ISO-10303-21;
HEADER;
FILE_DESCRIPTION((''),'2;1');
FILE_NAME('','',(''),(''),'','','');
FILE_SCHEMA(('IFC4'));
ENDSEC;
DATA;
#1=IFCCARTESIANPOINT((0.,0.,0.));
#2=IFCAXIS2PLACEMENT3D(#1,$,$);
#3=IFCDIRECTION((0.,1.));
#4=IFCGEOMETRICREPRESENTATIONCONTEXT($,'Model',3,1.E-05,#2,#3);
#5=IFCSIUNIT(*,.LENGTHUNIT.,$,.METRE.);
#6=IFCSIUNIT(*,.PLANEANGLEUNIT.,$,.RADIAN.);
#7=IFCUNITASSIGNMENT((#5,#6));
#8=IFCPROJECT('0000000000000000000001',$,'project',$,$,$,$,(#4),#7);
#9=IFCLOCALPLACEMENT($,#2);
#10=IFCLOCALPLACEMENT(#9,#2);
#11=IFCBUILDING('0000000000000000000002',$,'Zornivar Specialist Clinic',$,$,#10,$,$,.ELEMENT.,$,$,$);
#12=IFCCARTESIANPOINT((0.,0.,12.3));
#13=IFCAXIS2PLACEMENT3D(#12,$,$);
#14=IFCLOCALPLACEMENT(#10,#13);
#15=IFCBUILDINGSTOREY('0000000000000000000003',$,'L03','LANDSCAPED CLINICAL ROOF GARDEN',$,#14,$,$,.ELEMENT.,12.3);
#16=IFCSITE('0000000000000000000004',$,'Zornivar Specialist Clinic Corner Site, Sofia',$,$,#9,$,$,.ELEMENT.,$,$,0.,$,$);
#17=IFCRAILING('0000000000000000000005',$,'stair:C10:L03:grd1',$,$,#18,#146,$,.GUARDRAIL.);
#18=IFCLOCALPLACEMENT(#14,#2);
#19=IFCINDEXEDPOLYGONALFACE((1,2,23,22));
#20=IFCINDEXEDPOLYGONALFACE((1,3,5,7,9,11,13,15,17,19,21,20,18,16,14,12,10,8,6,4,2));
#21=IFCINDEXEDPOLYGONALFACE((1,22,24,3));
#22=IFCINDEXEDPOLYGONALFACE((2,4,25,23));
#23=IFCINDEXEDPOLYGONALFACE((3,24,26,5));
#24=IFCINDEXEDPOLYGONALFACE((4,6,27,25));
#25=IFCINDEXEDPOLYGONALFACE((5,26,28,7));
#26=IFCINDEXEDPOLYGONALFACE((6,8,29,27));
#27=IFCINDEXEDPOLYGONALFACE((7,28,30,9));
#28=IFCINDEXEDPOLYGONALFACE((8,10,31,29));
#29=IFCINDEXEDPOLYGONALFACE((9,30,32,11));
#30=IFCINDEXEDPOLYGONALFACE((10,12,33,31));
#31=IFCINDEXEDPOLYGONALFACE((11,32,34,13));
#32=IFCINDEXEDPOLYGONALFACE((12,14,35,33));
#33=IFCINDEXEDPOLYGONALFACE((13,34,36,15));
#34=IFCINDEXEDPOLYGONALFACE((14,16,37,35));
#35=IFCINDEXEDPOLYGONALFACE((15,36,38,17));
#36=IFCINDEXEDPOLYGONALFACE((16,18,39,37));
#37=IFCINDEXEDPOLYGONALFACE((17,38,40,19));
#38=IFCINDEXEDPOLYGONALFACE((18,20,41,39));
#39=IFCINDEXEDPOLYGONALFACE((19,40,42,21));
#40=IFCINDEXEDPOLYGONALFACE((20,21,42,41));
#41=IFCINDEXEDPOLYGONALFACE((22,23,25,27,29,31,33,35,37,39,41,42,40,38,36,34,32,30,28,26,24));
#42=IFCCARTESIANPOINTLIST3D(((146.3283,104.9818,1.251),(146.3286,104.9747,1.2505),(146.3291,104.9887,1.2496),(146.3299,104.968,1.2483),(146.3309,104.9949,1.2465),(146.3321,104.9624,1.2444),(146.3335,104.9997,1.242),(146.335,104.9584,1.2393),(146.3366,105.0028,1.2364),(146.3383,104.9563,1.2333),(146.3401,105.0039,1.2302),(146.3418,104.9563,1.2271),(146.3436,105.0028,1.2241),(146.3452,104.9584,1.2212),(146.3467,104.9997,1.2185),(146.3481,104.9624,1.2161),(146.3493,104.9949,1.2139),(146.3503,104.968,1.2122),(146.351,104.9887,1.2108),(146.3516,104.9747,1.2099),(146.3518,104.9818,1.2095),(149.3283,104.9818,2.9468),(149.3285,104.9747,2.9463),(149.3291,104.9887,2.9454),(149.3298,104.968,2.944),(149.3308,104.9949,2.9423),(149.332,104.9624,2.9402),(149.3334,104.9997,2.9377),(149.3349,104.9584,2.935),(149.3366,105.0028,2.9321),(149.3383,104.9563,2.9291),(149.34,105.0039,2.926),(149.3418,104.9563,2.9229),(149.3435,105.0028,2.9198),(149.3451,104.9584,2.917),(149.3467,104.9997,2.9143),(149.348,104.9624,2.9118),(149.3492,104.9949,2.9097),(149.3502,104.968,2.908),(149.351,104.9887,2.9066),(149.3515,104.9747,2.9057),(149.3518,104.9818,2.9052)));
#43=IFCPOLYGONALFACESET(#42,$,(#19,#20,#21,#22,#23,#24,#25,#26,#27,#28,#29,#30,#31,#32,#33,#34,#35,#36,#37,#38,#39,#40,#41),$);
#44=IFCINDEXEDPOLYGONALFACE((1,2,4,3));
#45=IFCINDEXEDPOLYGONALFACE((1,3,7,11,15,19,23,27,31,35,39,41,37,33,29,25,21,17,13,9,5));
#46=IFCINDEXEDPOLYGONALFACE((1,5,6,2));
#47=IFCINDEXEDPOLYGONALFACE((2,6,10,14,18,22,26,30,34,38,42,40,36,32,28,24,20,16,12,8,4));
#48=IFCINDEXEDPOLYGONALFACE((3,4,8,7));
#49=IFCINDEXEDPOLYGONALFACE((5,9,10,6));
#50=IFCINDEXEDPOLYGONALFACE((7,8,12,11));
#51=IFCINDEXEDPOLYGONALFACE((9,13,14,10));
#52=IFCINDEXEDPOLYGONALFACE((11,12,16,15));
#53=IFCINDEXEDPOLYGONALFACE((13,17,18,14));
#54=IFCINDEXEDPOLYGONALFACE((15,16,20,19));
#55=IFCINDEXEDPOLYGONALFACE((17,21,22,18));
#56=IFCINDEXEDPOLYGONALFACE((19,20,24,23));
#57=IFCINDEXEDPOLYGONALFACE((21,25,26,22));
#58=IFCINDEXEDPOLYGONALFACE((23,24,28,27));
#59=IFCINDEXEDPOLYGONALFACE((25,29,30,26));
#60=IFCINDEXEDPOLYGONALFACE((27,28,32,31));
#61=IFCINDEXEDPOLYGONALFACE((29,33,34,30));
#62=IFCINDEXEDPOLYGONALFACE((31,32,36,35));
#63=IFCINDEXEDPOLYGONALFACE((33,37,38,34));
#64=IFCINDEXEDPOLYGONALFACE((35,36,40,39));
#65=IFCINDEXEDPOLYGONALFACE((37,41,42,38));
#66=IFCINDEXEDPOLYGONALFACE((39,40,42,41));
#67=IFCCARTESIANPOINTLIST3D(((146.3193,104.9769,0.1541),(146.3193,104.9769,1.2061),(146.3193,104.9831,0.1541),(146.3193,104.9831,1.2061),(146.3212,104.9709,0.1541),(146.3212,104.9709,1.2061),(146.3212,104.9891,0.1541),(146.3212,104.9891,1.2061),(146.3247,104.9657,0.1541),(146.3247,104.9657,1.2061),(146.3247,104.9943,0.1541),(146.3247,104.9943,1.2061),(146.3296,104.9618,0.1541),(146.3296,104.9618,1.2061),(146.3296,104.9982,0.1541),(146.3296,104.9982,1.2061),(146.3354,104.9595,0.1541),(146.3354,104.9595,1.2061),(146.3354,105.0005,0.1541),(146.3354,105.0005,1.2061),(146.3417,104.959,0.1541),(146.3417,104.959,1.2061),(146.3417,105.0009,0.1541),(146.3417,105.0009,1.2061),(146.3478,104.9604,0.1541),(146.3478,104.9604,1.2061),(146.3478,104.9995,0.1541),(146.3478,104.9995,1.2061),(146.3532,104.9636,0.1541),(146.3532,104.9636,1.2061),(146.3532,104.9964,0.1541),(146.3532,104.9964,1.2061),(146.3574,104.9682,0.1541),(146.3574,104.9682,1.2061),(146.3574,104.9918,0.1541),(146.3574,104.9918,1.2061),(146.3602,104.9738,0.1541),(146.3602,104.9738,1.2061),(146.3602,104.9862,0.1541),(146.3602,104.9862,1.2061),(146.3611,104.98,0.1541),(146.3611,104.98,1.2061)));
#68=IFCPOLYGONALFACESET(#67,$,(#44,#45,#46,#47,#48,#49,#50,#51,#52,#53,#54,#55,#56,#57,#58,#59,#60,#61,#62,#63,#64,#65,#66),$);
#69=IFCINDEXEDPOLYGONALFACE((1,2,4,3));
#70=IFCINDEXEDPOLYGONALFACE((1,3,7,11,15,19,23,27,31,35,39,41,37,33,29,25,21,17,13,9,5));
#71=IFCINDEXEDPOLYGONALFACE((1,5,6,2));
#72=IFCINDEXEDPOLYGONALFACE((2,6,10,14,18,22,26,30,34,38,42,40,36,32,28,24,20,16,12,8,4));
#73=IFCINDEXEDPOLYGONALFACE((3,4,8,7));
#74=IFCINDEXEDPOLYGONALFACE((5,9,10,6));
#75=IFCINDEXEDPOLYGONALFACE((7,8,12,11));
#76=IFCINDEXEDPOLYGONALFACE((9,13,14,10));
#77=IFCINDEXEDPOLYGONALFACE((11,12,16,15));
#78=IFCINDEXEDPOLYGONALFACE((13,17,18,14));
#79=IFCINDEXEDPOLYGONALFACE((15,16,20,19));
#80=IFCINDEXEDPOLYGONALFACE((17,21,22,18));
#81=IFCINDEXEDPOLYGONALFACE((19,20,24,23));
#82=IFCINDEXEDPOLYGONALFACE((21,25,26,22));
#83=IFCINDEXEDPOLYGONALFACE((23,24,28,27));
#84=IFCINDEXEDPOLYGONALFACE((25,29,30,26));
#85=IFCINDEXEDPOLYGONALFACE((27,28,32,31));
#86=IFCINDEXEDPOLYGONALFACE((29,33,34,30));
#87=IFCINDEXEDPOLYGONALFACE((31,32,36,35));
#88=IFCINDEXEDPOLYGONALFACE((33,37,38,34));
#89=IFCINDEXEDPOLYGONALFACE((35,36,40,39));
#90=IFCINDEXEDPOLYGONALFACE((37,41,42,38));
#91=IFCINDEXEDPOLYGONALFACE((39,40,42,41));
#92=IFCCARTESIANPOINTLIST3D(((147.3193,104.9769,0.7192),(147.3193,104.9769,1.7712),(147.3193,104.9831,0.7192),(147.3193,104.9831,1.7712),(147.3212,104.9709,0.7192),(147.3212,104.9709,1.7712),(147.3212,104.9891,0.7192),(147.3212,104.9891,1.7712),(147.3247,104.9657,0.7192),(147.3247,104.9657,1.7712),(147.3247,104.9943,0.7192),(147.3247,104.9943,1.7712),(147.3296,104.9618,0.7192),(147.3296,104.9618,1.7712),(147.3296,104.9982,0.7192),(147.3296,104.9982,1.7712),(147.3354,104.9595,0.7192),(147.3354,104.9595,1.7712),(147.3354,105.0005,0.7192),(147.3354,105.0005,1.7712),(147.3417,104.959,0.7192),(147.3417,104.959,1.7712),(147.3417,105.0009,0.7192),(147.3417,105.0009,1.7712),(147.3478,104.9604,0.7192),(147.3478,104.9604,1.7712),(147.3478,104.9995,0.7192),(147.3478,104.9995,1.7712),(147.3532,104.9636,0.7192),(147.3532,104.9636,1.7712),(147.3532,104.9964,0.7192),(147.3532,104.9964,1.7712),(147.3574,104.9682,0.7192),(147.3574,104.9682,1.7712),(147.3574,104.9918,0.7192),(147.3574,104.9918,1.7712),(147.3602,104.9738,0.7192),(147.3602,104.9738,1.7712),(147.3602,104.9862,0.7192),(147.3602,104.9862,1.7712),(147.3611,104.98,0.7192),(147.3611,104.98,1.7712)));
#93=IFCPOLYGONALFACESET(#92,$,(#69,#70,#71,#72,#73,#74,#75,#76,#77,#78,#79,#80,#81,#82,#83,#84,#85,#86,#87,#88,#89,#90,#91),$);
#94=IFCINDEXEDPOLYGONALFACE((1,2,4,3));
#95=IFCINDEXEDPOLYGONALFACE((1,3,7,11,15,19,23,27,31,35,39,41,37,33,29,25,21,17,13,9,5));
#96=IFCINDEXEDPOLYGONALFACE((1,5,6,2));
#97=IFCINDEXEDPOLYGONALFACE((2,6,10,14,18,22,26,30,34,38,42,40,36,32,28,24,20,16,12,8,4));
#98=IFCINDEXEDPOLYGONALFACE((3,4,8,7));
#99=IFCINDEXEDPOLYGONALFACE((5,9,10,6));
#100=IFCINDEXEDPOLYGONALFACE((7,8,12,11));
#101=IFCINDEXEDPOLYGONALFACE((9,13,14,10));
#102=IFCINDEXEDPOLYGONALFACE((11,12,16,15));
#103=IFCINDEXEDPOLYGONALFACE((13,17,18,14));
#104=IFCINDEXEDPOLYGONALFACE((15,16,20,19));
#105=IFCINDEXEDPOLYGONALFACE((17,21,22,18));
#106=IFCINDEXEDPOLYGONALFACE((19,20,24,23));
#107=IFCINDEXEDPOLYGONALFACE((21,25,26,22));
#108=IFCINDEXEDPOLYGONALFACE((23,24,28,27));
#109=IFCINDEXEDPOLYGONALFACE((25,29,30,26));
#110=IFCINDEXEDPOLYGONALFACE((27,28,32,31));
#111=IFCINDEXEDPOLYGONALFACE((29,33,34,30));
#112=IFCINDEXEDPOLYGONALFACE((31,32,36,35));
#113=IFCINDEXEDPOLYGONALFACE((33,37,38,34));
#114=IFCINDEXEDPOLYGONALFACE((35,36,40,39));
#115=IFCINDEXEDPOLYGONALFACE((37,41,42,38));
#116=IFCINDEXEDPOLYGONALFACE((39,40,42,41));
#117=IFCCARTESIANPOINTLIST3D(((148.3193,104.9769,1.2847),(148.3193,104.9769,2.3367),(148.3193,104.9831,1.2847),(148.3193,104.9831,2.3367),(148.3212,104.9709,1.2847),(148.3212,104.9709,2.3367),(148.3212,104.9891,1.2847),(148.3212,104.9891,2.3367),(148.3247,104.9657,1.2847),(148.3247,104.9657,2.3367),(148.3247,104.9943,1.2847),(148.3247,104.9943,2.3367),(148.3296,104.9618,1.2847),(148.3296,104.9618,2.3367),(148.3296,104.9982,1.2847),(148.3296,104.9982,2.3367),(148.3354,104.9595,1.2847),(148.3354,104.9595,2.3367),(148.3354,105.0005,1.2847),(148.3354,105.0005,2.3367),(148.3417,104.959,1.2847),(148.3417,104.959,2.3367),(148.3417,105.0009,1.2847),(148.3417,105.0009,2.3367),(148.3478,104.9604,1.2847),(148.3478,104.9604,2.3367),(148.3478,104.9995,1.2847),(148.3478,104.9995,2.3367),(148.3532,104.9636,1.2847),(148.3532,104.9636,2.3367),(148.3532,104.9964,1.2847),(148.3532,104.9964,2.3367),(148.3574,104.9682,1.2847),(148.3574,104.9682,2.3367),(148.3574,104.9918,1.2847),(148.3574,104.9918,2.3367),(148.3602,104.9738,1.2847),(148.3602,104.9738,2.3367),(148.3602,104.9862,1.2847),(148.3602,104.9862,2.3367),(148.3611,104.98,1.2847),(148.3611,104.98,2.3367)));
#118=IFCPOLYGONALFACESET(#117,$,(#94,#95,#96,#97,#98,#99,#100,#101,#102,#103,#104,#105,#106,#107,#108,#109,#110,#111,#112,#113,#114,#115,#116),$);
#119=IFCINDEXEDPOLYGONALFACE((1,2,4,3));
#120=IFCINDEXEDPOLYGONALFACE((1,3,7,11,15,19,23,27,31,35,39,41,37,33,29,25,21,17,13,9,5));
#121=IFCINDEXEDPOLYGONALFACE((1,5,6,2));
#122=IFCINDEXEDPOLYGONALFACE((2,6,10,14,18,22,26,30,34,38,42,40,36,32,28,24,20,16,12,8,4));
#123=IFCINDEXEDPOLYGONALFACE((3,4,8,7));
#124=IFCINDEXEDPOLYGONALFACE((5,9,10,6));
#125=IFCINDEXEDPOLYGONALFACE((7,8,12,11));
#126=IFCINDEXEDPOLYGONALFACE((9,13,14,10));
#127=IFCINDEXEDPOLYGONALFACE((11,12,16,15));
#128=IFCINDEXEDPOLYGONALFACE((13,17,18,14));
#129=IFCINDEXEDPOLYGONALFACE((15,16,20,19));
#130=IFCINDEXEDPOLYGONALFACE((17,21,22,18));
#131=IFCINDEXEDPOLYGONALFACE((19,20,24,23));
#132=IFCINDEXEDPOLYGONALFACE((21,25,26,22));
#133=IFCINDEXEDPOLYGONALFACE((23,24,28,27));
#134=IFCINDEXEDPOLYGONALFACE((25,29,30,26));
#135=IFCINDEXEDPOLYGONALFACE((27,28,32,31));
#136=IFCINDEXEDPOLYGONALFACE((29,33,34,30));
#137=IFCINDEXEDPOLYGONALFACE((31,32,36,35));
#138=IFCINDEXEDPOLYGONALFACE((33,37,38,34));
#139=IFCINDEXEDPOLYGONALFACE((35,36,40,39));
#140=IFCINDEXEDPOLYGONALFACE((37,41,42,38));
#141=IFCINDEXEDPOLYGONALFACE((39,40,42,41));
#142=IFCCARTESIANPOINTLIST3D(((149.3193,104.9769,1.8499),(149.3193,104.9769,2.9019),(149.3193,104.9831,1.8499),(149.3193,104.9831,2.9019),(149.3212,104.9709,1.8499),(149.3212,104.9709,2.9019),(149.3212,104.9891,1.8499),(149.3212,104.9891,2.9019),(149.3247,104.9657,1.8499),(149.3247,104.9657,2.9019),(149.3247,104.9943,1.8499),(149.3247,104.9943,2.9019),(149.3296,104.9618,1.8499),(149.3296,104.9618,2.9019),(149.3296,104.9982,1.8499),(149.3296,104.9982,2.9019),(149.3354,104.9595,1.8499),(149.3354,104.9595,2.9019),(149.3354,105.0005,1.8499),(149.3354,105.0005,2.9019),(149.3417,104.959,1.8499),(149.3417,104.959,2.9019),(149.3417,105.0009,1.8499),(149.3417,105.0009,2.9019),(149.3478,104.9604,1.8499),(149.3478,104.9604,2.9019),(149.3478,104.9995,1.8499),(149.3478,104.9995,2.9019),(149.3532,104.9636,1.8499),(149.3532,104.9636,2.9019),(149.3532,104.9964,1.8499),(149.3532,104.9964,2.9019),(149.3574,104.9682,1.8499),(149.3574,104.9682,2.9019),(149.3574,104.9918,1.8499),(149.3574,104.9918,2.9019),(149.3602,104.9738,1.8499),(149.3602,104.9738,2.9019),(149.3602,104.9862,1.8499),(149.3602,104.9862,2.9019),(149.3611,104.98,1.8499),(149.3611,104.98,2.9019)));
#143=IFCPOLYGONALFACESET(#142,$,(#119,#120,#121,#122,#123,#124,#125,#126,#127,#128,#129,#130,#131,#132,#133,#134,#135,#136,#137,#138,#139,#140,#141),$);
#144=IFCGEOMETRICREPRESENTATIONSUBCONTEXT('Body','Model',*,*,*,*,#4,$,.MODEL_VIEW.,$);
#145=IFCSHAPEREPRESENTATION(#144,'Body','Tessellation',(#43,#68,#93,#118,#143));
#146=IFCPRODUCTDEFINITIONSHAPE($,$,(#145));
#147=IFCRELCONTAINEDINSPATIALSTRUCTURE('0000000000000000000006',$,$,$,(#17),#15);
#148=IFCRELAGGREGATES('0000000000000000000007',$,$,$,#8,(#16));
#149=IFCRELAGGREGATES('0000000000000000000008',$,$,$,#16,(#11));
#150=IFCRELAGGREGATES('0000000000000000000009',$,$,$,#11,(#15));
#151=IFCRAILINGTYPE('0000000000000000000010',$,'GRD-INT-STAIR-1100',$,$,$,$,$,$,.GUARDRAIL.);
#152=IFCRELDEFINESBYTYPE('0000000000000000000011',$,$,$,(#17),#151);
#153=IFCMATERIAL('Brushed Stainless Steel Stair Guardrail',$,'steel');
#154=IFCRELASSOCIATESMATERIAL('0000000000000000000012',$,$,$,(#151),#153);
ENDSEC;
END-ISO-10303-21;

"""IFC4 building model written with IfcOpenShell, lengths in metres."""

from ifc_helpers import new_model, si_unit, direction, frame, origin, origin_2d, place, context, subcontext, project, spatial, circle, extrude, material, type_object, element, save


model = new_model("IFC4")

# Units and contexts
model_context = context("Model", 3, precision=1e-05, world=origin(), true_north=direction((0.0, 1.0)))
body_context = subcontext(model_context, "Body", "Model", "MODEL_VIEW")
ifc_project = project(units=[si_unit("LENGTHUNIT", "METRE"), si_unit("PLANEANGLEUNIT", "RADIAN")], contexts=[model_context])

# Site, building, storey
site_placement = place(None, origin())
site = spatial("IfcSite", under=ifc_project, at=site_placement, Name="Zornivar Specialist Clinic Corner Site, Sofia", CompositionType="ELEMENT", RefElevation=0.0)
building_placement = place(site_placement, origin())
building = spatial("IfcBuilding", under=site, at=building_placement, Name="Zornivar Specialist Clinic", CompositionType="ELEMENT")
storey_placement = place(building_placement, frame((0.0, 0.0, 12.3)))
storey = spatial("IfcBuildingStorey", under=building, at=storey_placement, Name="L03", Description="LANDSCAPED CLINICAL ROOF GARDEN", CompositionType="ELEMENT", Elevation=12.3)

# Railing
ifc_material_1 = material(Name="Brushed Stainless Steel Stair Guardrail", Category="steel")
railing_type_1 = type_object("IfcRailingType", Name="GRD-INT-STAIR-1100", PredefinedType="GUARDRAIL", material=ifc_material_1)
railing_1_placement = place(storey_placement, frame((146.3401, 104.98, 0.1541)))
element("IfcRailing", 1, at=railing_1_placement, inside=storey, type_object=railing_type_1, Name="stair:C10:L03:grd1", PredefinedType="GUARDRAIL", context=body_context, shape_type="SweptSolid", body=[
    extrude(circle(Radius=0.0239, at=origin_2d()), frame((0.0, 0.0, 1.0762), z_axis=(0.870544, 0.0, 0.49209), x_axis=(0.0, 1.0, 0.0)), (0.0, 0.0, 1.0), 3.446),
    extrude(circle(Radius=0.021, at=origin_2d()), origin(), (0.0, 0.0, 1.0), 1.052),
    extrude(circle(Radius=0.021, at=origin_2d()), frame((1.0, 0.0, 0.5652)), (0.0, 0.0, 1.0), 1.052),
    extrude(circle(Radius=0.021, at=origin_2d()), frame((2.0, 0.0, 1.1306)), (0.0, 0.0, 1.0), 1.052),
    extrude(circle(Radius=0.021, at=origin_2d()), frame((3.0, 0.0, 1.6958)), (0.0, 0.0, 1.0), 1.052),
])

save(model, "model.ifc")
